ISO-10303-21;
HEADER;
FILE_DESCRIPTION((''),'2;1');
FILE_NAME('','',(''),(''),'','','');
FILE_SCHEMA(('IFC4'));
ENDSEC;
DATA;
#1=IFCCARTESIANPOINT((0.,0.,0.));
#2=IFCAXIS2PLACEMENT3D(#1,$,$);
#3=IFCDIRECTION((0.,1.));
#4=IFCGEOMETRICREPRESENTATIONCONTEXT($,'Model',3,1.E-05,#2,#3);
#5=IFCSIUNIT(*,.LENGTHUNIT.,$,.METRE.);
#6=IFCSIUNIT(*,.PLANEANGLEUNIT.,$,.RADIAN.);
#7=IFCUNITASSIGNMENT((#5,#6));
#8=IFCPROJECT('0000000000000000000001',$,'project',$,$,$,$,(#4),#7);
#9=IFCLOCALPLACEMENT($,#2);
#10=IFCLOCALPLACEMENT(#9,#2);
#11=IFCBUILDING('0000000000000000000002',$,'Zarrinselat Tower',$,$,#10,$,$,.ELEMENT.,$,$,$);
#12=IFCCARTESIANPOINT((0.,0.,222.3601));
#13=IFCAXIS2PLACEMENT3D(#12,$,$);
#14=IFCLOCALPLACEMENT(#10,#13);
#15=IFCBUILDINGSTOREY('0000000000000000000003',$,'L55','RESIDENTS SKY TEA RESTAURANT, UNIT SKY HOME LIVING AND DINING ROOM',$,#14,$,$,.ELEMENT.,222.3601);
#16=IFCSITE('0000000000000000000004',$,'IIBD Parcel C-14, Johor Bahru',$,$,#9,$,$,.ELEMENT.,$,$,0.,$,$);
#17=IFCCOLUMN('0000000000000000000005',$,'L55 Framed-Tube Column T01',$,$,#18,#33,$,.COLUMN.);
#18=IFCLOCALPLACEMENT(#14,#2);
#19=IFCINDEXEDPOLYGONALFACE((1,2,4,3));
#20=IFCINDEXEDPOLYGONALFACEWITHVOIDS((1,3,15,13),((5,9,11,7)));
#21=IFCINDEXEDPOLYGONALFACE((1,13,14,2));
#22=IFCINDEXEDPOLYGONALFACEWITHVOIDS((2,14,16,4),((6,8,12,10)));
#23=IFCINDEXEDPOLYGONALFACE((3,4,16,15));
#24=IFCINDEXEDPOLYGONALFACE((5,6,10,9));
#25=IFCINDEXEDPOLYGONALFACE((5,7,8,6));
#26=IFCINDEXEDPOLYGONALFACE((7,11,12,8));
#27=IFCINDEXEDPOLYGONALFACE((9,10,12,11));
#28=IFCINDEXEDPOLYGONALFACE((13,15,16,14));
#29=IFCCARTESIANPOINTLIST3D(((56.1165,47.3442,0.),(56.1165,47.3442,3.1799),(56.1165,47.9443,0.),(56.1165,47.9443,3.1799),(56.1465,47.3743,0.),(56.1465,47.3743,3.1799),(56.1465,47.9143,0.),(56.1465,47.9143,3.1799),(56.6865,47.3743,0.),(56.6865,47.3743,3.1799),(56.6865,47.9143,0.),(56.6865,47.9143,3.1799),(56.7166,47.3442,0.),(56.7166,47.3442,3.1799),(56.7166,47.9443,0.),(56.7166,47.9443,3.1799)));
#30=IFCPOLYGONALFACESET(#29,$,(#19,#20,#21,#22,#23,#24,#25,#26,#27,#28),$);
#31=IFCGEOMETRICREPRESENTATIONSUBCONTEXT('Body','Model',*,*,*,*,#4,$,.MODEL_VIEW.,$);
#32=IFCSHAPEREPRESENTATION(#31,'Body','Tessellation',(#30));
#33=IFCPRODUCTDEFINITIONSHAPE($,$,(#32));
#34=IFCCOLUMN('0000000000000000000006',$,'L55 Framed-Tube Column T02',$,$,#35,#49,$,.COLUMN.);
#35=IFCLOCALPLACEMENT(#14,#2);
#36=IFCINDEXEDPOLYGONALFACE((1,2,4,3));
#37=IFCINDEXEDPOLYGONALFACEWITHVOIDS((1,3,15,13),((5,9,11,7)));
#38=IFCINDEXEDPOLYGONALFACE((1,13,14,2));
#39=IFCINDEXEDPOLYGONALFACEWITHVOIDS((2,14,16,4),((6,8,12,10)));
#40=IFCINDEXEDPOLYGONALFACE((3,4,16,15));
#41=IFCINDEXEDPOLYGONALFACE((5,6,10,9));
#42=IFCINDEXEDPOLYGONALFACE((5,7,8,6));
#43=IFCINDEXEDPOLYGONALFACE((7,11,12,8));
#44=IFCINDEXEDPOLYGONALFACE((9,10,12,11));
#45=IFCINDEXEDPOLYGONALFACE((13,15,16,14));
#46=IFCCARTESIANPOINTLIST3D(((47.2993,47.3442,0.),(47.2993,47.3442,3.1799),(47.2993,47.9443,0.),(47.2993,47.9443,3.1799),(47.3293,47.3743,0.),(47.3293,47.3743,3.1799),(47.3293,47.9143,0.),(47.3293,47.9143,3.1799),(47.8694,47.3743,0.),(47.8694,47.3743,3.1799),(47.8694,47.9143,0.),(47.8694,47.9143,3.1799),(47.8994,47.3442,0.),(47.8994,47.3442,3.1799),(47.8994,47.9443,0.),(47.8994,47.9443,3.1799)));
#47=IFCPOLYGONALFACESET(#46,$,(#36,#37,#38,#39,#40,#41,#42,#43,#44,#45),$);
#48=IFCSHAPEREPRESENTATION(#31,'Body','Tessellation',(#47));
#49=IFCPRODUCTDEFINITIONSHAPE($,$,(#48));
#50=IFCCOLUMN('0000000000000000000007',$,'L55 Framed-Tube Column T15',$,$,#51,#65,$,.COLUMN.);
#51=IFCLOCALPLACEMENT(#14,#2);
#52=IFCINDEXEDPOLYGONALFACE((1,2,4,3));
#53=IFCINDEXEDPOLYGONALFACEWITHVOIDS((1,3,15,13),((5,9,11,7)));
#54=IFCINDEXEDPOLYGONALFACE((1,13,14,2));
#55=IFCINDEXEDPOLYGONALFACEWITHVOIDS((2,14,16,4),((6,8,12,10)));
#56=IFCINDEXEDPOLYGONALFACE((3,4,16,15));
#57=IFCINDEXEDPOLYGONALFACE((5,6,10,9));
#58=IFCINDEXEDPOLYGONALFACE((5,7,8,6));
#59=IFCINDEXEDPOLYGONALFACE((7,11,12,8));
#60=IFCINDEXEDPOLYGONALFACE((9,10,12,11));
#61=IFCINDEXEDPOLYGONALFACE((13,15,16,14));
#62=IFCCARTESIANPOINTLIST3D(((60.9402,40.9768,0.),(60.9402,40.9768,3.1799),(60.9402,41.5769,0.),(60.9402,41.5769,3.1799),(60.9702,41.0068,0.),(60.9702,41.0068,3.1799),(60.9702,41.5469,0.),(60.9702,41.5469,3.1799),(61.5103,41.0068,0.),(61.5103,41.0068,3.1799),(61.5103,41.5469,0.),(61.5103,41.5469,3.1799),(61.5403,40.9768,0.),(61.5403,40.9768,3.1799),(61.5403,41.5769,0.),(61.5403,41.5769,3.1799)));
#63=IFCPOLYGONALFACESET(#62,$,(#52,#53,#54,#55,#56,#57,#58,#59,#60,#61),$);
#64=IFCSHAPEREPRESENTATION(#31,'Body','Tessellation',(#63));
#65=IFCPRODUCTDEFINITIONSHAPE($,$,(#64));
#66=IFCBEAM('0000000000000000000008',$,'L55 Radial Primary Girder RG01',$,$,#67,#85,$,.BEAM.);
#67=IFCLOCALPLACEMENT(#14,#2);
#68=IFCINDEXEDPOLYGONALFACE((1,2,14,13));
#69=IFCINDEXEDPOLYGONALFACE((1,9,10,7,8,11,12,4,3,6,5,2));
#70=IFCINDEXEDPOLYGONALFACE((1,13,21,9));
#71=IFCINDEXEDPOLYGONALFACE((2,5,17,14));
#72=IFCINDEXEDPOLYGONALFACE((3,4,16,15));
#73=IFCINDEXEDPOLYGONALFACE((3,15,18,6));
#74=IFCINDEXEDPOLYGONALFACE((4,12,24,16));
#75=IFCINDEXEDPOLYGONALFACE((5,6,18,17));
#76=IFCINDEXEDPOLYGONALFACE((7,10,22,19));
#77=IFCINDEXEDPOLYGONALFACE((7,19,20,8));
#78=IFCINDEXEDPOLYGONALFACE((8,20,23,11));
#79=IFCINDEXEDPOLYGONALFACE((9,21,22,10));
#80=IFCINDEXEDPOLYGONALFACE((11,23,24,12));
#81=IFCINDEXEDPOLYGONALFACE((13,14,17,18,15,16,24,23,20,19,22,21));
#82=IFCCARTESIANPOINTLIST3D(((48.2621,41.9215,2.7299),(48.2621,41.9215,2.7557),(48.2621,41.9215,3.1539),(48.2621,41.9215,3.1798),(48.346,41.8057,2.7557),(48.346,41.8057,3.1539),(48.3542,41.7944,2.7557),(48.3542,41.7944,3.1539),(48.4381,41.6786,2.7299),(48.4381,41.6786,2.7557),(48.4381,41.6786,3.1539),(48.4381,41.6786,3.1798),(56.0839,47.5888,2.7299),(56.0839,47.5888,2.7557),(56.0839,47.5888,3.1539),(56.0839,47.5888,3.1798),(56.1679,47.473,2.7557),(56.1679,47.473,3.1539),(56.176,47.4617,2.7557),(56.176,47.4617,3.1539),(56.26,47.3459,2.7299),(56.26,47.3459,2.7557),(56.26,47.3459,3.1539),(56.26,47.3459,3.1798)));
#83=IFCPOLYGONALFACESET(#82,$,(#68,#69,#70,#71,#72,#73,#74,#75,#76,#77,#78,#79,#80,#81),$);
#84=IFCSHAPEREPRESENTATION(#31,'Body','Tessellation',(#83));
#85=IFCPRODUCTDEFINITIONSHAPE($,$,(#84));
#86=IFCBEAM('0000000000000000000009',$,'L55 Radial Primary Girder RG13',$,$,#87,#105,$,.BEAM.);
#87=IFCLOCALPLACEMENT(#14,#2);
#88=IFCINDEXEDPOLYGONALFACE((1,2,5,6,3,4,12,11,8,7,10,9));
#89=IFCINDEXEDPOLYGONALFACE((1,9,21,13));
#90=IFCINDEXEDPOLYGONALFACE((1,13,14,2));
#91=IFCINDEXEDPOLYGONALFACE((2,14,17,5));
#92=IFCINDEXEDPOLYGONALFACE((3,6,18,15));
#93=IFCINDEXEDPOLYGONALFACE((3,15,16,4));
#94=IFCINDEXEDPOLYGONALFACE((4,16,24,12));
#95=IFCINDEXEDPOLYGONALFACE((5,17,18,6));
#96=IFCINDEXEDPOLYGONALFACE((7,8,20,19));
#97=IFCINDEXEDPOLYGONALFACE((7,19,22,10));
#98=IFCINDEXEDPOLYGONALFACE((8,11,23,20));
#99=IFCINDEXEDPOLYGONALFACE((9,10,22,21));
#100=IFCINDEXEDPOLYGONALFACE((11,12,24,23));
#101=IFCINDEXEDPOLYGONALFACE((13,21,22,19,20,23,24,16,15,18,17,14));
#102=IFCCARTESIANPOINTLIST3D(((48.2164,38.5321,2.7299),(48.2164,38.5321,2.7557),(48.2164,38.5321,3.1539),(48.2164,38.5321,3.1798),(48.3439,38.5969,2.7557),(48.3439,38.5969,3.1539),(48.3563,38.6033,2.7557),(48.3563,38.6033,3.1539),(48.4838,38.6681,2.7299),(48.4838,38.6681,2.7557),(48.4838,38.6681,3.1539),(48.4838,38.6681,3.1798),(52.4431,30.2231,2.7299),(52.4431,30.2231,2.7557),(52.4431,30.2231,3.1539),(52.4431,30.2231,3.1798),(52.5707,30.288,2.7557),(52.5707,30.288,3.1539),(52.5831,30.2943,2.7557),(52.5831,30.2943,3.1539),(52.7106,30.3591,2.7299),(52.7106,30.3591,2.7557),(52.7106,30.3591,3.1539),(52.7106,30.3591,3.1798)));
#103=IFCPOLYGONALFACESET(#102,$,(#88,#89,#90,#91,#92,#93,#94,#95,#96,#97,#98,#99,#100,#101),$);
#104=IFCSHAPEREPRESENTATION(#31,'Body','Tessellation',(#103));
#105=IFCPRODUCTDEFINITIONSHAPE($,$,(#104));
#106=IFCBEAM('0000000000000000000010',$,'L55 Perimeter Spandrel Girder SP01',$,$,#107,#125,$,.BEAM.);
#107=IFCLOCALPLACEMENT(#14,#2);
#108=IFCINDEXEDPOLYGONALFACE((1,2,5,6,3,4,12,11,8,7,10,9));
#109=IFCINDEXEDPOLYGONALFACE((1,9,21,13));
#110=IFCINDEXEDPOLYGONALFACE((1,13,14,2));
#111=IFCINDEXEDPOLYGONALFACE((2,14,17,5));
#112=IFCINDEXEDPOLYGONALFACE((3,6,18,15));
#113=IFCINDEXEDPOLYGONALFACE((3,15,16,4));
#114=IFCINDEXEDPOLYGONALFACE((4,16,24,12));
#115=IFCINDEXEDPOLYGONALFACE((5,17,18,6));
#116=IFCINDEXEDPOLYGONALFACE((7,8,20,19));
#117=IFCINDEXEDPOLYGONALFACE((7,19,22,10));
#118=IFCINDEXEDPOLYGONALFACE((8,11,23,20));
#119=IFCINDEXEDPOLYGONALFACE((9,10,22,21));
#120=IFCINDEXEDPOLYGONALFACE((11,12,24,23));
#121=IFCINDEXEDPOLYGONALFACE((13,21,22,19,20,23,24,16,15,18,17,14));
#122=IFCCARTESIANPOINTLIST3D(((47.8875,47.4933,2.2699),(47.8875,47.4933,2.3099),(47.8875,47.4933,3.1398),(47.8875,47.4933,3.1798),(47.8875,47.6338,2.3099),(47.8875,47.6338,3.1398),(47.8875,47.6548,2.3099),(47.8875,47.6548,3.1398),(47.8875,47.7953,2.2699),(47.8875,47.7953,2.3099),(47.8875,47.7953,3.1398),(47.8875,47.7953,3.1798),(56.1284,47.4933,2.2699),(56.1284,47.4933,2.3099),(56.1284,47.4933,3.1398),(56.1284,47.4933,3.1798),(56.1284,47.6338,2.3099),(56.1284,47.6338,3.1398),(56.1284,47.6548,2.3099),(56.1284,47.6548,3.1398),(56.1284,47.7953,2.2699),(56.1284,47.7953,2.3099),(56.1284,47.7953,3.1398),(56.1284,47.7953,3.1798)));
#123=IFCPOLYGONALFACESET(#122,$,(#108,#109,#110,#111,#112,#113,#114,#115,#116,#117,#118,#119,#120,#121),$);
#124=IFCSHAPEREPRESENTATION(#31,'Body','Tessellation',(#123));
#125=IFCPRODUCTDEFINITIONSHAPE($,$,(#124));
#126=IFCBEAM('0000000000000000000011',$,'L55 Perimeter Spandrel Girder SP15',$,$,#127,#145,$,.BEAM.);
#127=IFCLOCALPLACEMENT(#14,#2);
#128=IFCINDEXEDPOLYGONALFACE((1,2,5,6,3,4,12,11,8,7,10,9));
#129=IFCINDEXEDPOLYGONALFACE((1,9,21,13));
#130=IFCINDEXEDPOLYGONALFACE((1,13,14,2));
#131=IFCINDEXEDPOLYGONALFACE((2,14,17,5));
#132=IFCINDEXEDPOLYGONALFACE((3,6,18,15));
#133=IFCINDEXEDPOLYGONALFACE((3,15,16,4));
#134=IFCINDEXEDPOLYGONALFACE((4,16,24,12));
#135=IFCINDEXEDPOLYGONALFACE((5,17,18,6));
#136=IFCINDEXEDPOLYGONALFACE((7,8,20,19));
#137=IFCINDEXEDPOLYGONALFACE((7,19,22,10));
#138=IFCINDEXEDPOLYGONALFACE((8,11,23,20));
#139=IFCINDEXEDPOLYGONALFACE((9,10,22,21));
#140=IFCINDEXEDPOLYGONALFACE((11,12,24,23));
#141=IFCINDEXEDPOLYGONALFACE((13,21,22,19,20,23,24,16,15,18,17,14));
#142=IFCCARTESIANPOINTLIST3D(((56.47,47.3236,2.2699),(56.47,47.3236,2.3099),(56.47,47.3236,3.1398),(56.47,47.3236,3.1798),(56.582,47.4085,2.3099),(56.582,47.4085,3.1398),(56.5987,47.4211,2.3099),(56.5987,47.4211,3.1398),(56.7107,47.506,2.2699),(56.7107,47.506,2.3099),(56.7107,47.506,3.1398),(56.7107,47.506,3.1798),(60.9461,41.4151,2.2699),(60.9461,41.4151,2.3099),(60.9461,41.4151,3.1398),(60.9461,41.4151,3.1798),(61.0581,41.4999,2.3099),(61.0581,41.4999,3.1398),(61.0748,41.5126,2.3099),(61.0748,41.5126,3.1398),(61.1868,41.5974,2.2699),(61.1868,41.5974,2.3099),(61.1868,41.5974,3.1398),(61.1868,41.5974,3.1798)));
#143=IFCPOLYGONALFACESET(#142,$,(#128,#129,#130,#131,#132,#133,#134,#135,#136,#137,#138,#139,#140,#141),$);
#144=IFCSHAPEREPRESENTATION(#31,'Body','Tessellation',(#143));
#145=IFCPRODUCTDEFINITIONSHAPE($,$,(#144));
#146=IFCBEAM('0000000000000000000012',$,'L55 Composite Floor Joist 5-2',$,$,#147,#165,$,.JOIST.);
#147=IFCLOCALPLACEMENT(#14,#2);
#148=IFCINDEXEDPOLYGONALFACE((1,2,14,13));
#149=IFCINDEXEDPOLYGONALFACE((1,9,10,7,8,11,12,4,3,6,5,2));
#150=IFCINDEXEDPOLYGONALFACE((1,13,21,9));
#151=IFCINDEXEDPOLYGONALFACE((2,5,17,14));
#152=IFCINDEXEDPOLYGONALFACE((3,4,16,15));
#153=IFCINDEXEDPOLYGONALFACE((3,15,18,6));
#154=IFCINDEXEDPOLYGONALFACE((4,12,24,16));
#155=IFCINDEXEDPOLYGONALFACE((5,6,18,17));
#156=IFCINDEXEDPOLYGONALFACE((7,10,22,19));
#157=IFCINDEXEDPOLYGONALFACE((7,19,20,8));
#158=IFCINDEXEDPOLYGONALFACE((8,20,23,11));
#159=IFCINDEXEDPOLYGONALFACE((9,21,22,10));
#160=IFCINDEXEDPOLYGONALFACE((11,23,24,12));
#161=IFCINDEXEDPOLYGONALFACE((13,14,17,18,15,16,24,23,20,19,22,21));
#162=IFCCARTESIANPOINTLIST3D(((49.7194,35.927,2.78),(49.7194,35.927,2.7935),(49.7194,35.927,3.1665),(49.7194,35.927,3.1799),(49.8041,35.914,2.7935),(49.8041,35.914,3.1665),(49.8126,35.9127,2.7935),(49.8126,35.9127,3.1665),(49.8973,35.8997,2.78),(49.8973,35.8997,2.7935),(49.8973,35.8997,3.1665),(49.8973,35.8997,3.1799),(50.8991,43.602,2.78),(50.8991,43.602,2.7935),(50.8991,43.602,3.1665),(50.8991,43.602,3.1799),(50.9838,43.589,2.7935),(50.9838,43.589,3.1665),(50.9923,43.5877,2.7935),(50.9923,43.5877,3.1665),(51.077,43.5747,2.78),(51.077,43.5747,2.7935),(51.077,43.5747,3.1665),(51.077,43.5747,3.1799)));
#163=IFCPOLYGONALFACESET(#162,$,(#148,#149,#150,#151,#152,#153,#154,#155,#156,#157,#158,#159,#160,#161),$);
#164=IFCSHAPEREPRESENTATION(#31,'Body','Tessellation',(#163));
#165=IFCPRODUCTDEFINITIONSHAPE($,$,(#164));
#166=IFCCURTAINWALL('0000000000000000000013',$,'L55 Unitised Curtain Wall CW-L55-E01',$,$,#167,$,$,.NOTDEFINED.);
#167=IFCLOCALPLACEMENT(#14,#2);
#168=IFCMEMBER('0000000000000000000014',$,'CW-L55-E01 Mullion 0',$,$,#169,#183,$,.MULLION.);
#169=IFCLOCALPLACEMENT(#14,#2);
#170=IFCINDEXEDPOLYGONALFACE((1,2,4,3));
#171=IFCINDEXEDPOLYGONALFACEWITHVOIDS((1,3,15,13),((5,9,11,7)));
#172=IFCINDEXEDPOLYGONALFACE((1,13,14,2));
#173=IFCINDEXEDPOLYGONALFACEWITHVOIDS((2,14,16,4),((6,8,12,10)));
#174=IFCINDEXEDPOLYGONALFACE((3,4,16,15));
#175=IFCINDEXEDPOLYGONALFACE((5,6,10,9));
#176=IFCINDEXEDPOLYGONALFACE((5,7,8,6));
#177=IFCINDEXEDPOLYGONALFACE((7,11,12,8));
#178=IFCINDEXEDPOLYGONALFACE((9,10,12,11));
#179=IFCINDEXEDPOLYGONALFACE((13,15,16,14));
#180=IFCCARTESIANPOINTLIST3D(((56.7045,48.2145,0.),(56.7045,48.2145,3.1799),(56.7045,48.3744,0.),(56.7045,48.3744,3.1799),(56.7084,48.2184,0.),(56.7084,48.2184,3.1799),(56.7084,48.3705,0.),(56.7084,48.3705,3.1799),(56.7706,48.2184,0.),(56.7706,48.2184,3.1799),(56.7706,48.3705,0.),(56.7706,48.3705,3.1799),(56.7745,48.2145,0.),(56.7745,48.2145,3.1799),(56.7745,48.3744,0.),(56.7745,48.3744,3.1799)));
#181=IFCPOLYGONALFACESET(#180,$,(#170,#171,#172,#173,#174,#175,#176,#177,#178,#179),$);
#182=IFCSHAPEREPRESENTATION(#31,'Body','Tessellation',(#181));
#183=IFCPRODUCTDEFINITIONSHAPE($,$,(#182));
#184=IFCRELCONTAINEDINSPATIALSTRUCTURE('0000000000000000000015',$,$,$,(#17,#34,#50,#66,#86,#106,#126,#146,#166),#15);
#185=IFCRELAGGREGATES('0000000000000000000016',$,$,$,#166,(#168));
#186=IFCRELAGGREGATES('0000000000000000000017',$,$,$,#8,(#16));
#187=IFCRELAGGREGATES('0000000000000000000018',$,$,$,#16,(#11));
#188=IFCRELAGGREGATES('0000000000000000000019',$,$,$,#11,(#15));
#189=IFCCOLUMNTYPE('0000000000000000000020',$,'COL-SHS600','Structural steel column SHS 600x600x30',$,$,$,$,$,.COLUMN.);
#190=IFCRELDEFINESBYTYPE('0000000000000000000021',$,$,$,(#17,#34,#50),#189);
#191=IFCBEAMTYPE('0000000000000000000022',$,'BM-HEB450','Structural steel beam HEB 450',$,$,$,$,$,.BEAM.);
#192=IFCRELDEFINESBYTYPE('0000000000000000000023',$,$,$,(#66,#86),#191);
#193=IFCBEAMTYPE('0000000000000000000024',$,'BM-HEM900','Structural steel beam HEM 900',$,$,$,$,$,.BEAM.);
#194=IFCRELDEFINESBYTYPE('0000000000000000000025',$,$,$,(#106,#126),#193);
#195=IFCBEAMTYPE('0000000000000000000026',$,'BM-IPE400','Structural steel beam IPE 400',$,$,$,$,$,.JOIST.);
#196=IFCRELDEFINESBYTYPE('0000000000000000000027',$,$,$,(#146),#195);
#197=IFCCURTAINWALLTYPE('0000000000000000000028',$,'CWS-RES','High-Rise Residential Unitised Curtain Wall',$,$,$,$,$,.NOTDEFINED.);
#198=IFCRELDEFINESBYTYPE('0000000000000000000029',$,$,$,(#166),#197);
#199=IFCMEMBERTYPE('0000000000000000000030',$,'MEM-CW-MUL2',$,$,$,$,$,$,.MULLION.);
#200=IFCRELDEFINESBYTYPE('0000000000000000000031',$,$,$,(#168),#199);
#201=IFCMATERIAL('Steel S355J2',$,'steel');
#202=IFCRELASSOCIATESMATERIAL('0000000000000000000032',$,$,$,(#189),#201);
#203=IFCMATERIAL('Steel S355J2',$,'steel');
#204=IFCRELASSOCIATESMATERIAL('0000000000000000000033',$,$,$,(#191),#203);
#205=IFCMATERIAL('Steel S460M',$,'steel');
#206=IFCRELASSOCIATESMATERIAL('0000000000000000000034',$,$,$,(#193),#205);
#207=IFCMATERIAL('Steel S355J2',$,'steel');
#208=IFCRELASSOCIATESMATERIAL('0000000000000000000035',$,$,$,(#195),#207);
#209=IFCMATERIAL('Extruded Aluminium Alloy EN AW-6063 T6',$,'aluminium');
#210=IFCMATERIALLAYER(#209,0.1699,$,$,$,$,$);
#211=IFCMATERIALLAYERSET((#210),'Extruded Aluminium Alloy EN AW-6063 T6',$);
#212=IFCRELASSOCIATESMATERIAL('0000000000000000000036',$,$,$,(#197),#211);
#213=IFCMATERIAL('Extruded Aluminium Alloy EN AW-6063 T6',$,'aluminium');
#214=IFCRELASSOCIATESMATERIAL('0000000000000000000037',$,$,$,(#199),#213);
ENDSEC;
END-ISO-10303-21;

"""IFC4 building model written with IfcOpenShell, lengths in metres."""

from ifc_helpers import new_model, si_unit, direction, frame, origin, origin_2d, place, context, subcontext, project, spatial, hollow_rectangle, i_section, extrude, material, layer, layer_set, material_profile, profile_set, type_object, element, aggregate, save


model = new_model("IFC4")

# Units and contexts
model_context = context("Model", 3, precision=1e-05, world=origin(), true_north=direction((0.0, 1.0)))
body_context = subcontext(model_context, "Body", "Model", "MODEL_VIEW")
ifc_project = project(units=[si_unit("LENGTHUNIT", "METRE"), si_unit("PLANEANGLEUNIT", "RADIAN")], contexts=[model_context])

# Site, building, storey
site_placement = place(None, origin())
site = spatial("IfcSite", under=ifc_project, at=site_placement, Name="IIBD Parcel C-14, Johor Bahru", CompositionType="ELEMENT", RefElevation=0.0)
building_placement = place(site_placement, origin())
building = spatial("IfcBuilding", under=site, at=building_placement, Name="Zarrinselat Tower", CompositionType="ELEMENT")
storey_placement = place(building_placement, frame((0.0, 0.0, 222.3601)))
storey = spatial("IfcBuildingStorey", under=building, at=storey_placement, Name="L55", Description="RESIDENTS SKY TEA RESTAURANT, UNIT SKY HOME LIVING AND DINING ROOM", CompositionType="ELEMENT", Elevation=222.3601)

# Columns
ifc_material_1 = material(Name="Steel S355J2", Category="steel")
ifc_material_profile_1 = material_profile(ifc_material_1, hollow_rectangle(XDim=0.6001, YDim=0.6001, WallThickness=0.03, at=origin_2d()), Name="SHS 600x600x30")
ifc_profile_set_1 = profile_set([ifc_material_profile_1], Name="Steel S355J2")
column_type = type_object("IfcColumnType", Name="COL-SHS600", Description="Structural steel column SHS 600x600x30", PredefinedType="COLUMN", material=ifc_profile_set_1)
for number, where, z_axis, x_axis, name in (
    (1, (56.4165, 47.6443, 0.0), (0.0, 0.0, 1.0), (1.0, 0.0, 0.0), "L55 Framed-Tube Column T01"),
    (2, (47.5994, 47.6443, 0.0), (0.0, 0.0, 1.0), (1.0, 0.0, 0.0), "L55 Framed-Tube Column T02"),
    (3, (61.2402, 41.2769, 0.0), (0.0, 0.0, 1.0), (1.0, 0.0, 0.0), "L55 Framed-Tube Column T15"),
):
    element("IfcColumn", number, at=place(storey_placement, frame(where, z_axis=z_axis, x_axis=x_axis)), inside=storey, type_object=column_type, Name=name, PredefinedType="COLUMN", context=body_context, shape_type="SweptSolid", body=[
        extrude(hollow_rectangle(XDim=0.6001, YDim=0.6001, WallThickness=0.03, at=origin_2d()), origin(), (0.0, 0.0, 1.0), 3.1799),
    ])

# Beams
ifc_material_2 = material(Name="Steel S355J2", Category="steel")
ifc_material_profile_2 = material_profile(ifc_material_2, i_section(OverallWidth=0.3, OverallDepth=0.45, WebThickness=0.0139, FlangeThickness=0.0259, at=origin_2d()), Name="HEB 450")
ifc_profile_set_2 = profile_set([ifc_material_profile_2], Name="Steel S355J2")
beam_type_1 = type_object("IfcBeamType", Name="BM-HEB450", Description="Structural steel beam HEB 450", PredefinedType="BEAM", material=ifc_profile_set_2)
beam_1_placement = place(storey_placement, frame((48.3501, 41.8, 2.9548), z_axis=(0.809785, 0.586726, 0.0), x_axis=(-0.586726, 0.809785, 0.0)))
element("IfcBeam", 4, at=beam_1_placement, inside=storey, type_object=beam_type_1, Name="L55 Radial Primary Girder RG01", PredefinedType="BEAM", context=body_context, shape_type="SweptSolid", body=[
    extrude(i_section(OverallWidth=0.3, OverallDepth=0.45, WebThickness=0.0139, FlangeThickness=0.0259, at=origin_2d()), origin(), (0.0, 0.0, 1.0), 9.6592),
])
beam_2_placement = place(storey_placement, frame((48.3501, 38.6001, 2.9548), z_axis=(0.453404, -0.891305, 0.0), x_axis=(0.891305, 0.453404, 0.0)))
element("IfcBeam", 5, at=beam_2_placement, inside=storey, type_object=beam_type_1, Name="L55 Radial Primary Girder RG13", PredefinedType="BEAM", context=body_context, shape_type="SweptSolid", body=[
    extrude(i_section(OverallWidth=0.3, OverallDepth=0.45, WebThickness=0.0139, FlangeThickness=0.0259, at=origin_2d()), origin(), (0.0, 0.0, 1.0), 9.3223),
])
ifc_material_3 = material(Name="Steel S460M", Category="steel")
ifc_material_profile_3 = material_profile(ifc_material_3, i_section(OverallWidth=0.302, OverallDepth=0.9099, WebThickness=0.021, FlangeThickness=0.04, at=origin_2d()), Name="HEM 900")
ifc_profile_set_3 = profile_set([ifc_material_profile_3], Name="Steel S460M")
beam_type_2 = type_object("IfcBeamType", Name="BM-HEM900", Description="Structural steel beam HEM 900", PredefinedType="BEAM", material=ifc_profile_set_3)
beam_3_placement = place(storey_placement, frame((47.8875, 47.6443, 2.7249), z_axis=(1.0, 0.0, 0.0), x_axis=(0.0, 1.0, 0.0)))
element("IfcBeam", 6, at=beam_3_placement, inside=storey, type_object=beam_type_2, Name="L55 Perimeter Spandrel Girder SP01", PredefinedType="BEAM", context=body_context, shape_type="SweptSolid", body=[
    extrude(i_section(OverallWidth=0.302, OverallDepth=0.9099, WebThickness=0.021, FlangeThickness=0.04, at=origin_2d()), origin(), (0.0, 0.0, 1.0), 8.241),
])
beam_4_placement = place(storey_placement, frame((56.5903, 47.4148, 2.7249), z_axis=(0.603856, -0.797094, 0.0), x_axis=(0.797094, 0.603856, 0.0)))
element("IfcBeam", 7, at=beam_4_placement, inside=storey, type_object=beam_type_2, Name="L55 Perimeter Spandrel Girder SP15", PredefinedType="BEAM", context=body_context, shape_type="SweptSolid", body=[
    extrude(i_section(OverallWidth=0.302, OverallDepth=0.9099, WebThickness=0.021, FlangeThickness=0.04, at=origin_2d()), origin(), (0.0, 0.0, 1.0), 7.4126),
])
ifc_material_4 = material(Name="Steel S355J2", Category="steel")
ifc_material_profile_4 = material_profile(ifc_material_4, i_section(OverallWidth=0.1799, OverallDepth=0.3999, WebThickness=0.0085, FlangeThickness=0.0134, at=origin_2d()), Name="IPE 400")
ifc_profile_set_4 = profile_set([ifc_material_profile_4], Name="Steel S355J2")
beam_type_3 = type_object("IfcBeamType", Name="BM-IPE400", Description="Structural steel beam IPE 400", PredefinedType="JOIST", material=ifc_profile_set_4)
beam_5_placement = place(storey_placement, frame((49.8083, 35.9133, 2.98), z_axis=(0.15192, 0.988393, 0.0), x_axis=(-0.988393, 0.15192, 0.0)))
element("IfcBeam", 8, at=beam_5_placement, inside=storey, type_object=beam_type_3, Name="L55 Composite Floor Joist 5-2", PredefinedType="JOIST", context=body_context, shape_type="SweptSolid", body=[
    extrude(i_section(OverallWidth=0.1799, OverallDepth=0.3999, WebThickness=0.0085, FlangeThickness=0.0134, at=origin_2d()), origin(), (0.0, 0.0, 1.0), 7.7651),
])

# Curtain wall, member
ifc_material_5 = material(Name="Extruded Aluminium Alloy EN AW-6063 T6", Category="aluminium")
ifc_layer_1 = layer(ifc_material_5, 0.1699)
ifc_layer_set_1 = layer_set([ifc_layer_1], Name="Extruded Aluminium Alloy EN AW-6063 T6")
curtain_wall_type = type_object("IfcCurtainWallType", Name="CWS-RES", Description="High-Rise Residential Unitised Curtain Wall", PredefinedType="NOTDEFINED", material=ifc_layer_set_1)
curtain_wall_1_placement = place(storey_placement, origin())
curtain_wall_1 = element("IfcCurtainWall", 9, at=curtain_wall_1_placement, inside=storey, type_object=curtain_wall_type, Name="L55 Unitised Curtain Wall CW-L55-E01", PredefinedType="NOTDEFINED")
ifc_material_6 = material(Name="Extruded Aluminium Alloy EN AW-6063 T6", Category="aluminium")
ifc_material_profile_5 = material_profile(ifc_material_6, hollow_rectangle(XDim=0.0701, YDim=0.1599, WallThickness=0.0039, at=origin_2d()), Name="RHS 160x70x4")
ifc_profile_set_5 = profile_set([ifc_material_profile_5], Name="Extruded Aluminium Alloy EN AW-6063 T6")
member_type_1 = type_object("IfcMemberType", Name="MEM-CW-MUL2", PredefinedType="MULLION", material=ifc_profile_set_5)
member_1_placement = place(storey_placement, frame((56.7395, 48.2944, 0.0), z_axis=(0.0, 0.0, 1.0), x_axis=(-1.0, 0.0, 0.0)))
member_1 = element("IfcMember", 10, at=member_1_placement, type_object=member_type_1, Name="CW-L55-E01 Mullion 0", PredefinedType="MULLION", context=body_context, shape_type="SweptSolid", body=[
    extrude(hollow_rectangle(XDim=0.0701, YDim=0.1599, WallThickness=0.0039, at=origin_2d()), origin(), (0.0, 0.0, 1.0), 3.1799),
])

aggregate(curtain_wall_1, [member_1])

save(model, "model.ifc")
